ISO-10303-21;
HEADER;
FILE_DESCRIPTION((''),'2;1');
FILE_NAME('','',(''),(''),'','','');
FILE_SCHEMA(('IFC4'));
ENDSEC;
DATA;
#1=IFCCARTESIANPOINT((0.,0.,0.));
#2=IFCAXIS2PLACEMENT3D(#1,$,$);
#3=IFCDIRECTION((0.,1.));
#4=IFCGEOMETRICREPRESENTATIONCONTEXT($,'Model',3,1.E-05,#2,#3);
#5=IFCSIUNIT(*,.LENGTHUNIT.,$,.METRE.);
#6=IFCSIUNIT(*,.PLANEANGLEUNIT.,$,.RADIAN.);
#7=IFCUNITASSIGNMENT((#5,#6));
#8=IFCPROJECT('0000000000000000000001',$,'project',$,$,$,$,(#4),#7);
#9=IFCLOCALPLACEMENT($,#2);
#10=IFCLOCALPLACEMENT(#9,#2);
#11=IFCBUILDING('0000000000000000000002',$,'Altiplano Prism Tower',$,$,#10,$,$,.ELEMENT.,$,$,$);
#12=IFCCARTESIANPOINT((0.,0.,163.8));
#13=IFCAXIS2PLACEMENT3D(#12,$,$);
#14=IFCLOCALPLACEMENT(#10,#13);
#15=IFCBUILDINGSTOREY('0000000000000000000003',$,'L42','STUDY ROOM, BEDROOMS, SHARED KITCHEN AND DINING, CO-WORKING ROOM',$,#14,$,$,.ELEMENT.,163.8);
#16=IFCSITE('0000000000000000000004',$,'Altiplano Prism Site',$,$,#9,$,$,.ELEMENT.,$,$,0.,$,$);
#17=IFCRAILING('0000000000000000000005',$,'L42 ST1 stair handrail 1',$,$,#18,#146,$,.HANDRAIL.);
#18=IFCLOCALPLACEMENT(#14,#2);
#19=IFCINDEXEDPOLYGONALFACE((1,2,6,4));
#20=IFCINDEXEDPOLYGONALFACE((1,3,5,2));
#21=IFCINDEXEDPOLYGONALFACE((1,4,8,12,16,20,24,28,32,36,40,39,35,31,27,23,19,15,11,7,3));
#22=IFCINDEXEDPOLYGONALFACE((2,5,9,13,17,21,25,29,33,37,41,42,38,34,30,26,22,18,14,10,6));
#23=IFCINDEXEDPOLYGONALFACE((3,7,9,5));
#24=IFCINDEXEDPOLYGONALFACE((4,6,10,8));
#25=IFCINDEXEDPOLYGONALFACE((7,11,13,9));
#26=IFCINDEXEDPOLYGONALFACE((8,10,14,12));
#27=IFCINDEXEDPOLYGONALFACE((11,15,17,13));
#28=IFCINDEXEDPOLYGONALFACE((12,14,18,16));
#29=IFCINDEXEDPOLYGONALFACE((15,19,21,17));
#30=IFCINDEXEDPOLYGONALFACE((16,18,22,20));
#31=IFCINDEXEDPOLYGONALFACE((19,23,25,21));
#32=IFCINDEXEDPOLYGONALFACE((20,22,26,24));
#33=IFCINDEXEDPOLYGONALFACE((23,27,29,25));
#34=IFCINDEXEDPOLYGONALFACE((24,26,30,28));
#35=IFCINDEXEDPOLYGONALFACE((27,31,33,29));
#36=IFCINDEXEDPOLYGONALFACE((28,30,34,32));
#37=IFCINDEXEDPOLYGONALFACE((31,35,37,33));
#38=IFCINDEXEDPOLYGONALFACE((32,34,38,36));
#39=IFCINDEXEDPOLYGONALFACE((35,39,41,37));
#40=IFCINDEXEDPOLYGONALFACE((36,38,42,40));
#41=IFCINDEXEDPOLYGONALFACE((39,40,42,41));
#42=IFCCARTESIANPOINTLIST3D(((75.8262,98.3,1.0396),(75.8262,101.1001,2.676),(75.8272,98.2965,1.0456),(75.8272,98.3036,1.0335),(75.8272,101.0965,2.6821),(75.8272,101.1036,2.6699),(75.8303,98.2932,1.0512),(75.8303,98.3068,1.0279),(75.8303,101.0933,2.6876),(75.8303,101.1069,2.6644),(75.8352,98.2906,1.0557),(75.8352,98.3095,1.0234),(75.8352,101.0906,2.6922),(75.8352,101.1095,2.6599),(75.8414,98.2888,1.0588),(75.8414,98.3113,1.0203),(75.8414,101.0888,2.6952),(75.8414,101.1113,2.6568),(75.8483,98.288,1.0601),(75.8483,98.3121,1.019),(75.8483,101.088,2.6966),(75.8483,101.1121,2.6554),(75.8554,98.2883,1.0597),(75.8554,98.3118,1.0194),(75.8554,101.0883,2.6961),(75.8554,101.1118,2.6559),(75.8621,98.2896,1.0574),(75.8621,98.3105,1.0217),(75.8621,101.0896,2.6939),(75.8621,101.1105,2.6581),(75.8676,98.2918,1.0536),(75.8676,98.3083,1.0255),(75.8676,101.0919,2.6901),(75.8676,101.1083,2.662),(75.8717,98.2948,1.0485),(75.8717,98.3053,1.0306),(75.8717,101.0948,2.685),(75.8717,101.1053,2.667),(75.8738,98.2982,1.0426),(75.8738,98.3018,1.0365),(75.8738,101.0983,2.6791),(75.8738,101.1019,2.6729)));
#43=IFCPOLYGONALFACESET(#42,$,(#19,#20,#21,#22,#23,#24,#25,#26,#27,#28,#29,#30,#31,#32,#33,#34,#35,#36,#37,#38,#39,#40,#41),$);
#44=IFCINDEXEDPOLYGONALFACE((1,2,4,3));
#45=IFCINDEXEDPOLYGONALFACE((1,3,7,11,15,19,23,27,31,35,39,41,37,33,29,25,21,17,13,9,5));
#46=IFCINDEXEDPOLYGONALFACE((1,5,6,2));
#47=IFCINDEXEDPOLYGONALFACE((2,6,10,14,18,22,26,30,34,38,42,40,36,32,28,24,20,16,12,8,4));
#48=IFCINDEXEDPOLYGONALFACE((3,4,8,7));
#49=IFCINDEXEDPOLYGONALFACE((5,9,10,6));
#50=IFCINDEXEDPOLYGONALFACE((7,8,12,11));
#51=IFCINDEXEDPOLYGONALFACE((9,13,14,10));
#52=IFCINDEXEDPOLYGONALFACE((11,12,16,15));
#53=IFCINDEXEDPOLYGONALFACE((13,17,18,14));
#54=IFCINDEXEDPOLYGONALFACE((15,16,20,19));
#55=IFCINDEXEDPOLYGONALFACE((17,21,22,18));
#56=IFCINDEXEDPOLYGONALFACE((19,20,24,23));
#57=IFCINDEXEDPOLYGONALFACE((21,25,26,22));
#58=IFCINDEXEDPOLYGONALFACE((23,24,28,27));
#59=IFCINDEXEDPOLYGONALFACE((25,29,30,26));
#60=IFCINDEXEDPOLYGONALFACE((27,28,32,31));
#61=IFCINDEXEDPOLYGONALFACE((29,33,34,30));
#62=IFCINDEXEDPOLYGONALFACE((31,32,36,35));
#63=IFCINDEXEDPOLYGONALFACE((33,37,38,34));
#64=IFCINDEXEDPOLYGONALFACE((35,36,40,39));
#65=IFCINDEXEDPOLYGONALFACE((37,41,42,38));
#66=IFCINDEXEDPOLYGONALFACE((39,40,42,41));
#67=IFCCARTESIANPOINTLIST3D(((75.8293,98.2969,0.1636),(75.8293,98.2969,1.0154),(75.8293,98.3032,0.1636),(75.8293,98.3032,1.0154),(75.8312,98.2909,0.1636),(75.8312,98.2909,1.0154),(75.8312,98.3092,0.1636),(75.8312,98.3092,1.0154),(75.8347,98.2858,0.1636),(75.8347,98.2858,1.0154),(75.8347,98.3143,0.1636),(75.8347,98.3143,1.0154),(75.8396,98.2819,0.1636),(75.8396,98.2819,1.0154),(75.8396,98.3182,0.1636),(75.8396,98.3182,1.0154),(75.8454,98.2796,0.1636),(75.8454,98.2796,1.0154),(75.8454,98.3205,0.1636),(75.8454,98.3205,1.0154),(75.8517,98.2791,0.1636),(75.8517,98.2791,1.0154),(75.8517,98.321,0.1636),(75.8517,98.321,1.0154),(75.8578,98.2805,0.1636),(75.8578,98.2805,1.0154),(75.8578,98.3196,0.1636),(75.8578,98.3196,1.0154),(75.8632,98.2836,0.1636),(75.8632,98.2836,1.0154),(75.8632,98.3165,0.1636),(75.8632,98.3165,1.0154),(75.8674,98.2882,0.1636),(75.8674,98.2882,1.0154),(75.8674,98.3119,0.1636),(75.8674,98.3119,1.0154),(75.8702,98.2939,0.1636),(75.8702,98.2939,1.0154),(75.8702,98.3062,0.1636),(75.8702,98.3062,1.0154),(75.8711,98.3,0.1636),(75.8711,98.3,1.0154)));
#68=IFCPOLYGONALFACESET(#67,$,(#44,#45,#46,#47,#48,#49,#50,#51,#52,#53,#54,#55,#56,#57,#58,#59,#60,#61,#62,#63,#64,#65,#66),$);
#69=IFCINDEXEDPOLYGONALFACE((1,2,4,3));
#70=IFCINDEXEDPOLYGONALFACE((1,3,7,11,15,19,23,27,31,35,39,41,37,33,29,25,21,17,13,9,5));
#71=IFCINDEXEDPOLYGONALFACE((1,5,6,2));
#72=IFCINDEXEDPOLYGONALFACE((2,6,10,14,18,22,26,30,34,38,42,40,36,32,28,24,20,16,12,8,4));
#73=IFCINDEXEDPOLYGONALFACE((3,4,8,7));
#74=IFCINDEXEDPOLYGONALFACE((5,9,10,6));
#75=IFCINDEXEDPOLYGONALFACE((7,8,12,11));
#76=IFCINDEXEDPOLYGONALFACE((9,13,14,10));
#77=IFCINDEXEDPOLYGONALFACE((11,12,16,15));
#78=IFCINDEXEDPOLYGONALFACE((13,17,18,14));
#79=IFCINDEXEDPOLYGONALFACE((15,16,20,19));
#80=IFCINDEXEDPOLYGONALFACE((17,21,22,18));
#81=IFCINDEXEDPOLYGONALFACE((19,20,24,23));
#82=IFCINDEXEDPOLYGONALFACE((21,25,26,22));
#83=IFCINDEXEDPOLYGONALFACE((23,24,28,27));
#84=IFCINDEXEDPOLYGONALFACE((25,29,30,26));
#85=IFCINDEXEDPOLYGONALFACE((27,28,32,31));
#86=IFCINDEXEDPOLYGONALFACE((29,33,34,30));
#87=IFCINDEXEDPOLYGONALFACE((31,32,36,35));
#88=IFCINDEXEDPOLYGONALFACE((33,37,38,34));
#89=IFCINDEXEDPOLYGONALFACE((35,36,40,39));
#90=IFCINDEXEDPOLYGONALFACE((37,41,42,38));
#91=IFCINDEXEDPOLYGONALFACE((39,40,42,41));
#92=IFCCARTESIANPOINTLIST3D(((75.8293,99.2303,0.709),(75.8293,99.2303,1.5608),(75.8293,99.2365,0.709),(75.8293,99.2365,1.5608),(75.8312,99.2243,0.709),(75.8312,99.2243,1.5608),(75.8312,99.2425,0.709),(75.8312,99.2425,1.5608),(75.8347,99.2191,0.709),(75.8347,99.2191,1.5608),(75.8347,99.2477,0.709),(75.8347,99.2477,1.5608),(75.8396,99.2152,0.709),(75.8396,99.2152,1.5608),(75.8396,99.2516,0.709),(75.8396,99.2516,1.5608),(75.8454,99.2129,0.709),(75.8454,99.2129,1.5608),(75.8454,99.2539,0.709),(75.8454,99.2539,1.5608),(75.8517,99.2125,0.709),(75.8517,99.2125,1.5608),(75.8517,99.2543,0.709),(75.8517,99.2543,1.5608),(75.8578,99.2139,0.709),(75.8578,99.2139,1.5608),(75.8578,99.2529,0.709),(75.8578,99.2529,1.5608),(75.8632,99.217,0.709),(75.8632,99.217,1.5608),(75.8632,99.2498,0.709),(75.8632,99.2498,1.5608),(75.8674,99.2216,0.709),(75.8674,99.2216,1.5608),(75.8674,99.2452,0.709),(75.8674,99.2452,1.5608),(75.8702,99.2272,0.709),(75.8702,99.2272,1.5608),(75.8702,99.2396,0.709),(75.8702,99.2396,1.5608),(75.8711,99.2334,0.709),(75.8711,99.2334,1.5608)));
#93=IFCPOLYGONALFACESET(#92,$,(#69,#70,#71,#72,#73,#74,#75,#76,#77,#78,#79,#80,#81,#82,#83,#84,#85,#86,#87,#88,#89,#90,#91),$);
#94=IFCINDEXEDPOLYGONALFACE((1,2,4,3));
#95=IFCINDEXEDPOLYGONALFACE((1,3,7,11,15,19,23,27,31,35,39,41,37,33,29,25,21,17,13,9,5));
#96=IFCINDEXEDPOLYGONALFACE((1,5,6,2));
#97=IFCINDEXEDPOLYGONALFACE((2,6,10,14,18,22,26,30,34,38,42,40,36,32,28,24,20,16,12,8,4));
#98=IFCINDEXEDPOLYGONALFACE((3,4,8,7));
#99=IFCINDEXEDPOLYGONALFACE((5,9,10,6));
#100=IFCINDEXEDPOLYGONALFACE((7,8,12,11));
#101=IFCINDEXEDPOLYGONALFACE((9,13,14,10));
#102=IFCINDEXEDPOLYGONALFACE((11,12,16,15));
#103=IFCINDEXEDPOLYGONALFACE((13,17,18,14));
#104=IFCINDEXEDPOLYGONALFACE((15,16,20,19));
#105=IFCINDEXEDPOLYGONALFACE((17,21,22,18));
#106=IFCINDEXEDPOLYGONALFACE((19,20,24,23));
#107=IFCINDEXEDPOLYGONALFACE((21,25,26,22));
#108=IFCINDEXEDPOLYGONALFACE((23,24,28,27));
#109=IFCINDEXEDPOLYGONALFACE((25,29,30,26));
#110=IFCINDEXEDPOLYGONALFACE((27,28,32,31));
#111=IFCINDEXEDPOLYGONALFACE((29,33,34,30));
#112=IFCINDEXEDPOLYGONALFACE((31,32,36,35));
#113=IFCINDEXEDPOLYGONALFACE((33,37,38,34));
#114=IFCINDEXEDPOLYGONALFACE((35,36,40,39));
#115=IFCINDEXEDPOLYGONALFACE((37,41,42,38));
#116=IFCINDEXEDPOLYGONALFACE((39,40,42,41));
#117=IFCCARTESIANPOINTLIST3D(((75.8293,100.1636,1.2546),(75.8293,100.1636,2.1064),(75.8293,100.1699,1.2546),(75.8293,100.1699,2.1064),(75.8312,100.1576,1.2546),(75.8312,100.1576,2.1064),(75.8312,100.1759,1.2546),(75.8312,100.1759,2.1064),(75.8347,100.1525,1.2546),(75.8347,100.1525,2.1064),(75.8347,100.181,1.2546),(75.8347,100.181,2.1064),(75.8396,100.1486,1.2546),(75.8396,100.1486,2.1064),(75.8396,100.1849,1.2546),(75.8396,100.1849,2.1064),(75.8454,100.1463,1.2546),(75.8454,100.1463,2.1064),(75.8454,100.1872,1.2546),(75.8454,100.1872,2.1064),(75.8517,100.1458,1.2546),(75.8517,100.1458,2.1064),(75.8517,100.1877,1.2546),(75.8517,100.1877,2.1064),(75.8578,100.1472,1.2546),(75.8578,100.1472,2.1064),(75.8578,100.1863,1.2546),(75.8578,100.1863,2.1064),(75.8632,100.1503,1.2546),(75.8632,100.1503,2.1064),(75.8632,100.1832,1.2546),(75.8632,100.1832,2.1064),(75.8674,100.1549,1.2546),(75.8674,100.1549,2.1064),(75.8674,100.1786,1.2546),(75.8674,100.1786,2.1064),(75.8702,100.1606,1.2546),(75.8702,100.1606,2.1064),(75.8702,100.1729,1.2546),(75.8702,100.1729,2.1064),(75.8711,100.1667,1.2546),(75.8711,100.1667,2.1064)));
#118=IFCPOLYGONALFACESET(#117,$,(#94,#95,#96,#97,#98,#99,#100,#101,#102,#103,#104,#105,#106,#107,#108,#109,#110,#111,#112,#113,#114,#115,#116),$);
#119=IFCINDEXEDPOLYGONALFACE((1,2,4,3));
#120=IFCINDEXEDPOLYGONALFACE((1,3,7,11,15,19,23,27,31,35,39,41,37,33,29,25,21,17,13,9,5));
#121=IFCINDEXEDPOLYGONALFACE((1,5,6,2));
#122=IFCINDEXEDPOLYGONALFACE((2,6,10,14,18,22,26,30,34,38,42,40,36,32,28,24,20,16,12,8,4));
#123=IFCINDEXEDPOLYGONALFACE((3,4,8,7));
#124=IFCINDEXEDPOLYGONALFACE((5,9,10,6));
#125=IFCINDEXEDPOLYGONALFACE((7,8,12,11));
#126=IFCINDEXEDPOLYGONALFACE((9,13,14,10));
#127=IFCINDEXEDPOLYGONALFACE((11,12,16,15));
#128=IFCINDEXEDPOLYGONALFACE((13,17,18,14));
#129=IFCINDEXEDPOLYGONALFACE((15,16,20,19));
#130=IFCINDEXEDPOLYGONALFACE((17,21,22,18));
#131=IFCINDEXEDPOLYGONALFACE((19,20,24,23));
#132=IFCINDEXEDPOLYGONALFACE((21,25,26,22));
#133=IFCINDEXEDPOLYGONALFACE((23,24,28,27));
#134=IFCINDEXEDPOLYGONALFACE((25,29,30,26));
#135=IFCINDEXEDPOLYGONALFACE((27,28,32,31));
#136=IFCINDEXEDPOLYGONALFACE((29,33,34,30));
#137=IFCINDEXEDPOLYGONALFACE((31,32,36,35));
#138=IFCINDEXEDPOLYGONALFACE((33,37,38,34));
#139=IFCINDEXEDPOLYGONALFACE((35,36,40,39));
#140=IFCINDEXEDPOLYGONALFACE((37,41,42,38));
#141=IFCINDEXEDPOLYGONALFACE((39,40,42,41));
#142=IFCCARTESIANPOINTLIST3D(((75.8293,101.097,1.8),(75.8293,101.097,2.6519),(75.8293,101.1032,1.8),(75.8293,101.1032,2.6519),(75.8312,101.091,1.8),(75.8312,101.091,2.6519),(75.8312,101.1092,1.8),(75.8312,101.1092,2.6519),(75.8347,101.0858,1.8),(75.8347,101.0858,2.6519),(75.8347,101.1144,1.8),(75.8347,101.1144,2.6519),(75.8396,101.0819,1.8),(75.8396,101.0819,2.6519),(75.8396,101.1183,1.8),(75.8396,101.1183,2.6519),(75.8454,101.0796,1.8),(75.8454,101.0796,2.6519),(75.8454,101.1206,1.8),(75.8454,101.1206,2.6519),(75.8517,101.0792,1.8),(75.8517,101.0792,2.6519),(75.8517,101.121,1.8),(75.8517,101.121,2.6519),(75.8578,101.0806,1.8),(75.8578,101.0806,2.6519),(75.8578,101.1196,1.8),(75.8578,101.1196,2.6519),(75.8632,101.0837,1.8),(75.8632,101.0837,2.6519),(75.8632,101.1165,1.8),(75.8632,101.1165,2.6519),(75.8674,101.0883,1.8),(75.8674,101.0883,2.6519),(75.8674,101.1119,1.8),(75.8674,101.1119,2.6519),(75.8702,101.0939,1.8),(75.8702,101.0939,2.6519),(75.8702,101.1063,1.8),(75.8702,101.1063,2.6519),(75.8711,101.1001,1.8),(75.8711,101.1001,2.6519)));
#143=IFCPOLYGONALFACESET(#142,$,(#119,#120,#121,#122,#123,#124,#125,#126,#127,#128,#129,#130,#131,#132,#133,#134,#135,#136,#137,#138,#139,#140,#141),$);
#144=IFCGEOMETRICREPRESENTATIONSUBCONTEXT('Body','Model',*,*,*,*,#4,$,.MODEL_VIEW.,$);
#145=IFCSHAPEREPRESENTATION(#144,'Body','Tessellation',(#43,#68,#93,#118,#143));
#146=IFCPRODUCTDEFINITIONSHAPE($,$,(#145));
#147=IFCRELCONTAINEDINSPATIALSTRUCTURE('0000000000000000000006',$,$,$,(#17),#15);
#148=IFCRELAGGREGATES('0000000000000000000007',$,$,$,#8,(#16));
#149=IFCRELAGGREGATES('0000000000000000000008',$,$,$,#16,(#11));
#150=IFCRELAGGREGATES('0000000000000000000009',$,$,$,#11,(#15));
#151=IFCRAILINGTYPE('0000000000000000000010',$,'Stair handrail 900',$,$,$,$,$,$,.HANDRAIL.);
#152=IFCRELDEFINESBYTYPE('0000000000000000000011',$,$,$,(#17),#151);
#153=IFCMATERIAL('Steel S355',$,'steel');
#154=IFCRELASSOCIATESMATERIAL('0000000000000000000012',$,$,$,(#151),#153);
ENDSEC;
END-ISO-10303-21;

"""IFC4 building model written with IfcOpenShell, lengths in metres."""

from ifc_helpers import new_model, si_unit, direction, frame, origin, origin_2d, place, context, subcontext, project, spatial, circle, extrude, material, type_object, element, save


model = new_model("IFC4")

# Units and contexts
model_context = context("Model", 3, precision=1e-05, world=origin(), true_north=direction((0.0, 1.0)))
body_context = subcontext(model_context, "Body", "Model", "MODEL_VIEW")
ifc_project = project(units=[si_unit("LENGTHUNIT", "METRE"), si_unit("PLANEANGLEUNIT", "RADIAN")], contexts=[model_context])

# Site, building, storey
site_placement = place(None, origin())
site = spatial("IfcSite", under=ifc_project, at=site_placement, Name="Altiplano Prism Site", CompositionType="ELEMENT", RefElevation=0.0)
building_placement = place(site_placement, origin())
building = spatial("IfcBuilding", under=site, at=building_placement, Name="Altiplano Prism Tower", CompositionType="ELEMENT")
storey_placement = place(building_placement, frame((0.0, 0.0, 163.8)))
storey = spatial("IfcBuildingStorey", under=building, at=storey_placement, Name="L42", Description="STUDY ROOM, BEDROOMS, SHARED KITCHEN AND DINING, CO-WORKING ROOM", CompositionType="ELEMENT", Elevation=163.8)

# Railing
ifc_material_1 = material(Name="Steel S355", Category="steel")
railing_type = type_object("IfcRailingType", Name="Stair handrail 900", PredefinedType="HANDRAIL", material=ifc_material_1)
railing_1_placement = place(storey_placement, frame((75.8501, 98.3, 0.1636)))
element("IfcRailing", 1, at=railing_1_placement, inside=storey, type_object=railing_type, Name="L42 ST1 stair handrail 1", PredefinedType="HANDRAIL", context=body_context, shape_type="SweptSolid", body=[
    extrude(circle(Radius=0.0239, at=origin_2d()), frame((0.0, 0.0, 0.876), z_axis=(0.0, 0.863361, 0.504587), x_axis=(-1.0, 0.0, 0.0)), (0.0, 0.0, 1.0), 3.2432),
    extrude(circle(Radius=0.021, at=origin_2d()), origin(), (0.0, 0.0, 1.0), 0.8518),
    extrude(circle(Radius=0.021, at=origin_2d()), frame((0.0, 0.9333, 0.5454)), (0.0, 0.0, 1.0), 0.8518),
    extrude(circle(Radius=0.021, at=origin_2d()), frame((0.0, 1.8667, 1.0911)), (0.0, 0.0, 1.0), 0.8518),
    extrude(circle(Radius=0.021, at=origin_2d()), frame((0.0, 2.8, 1.6365)), (0.0, 0.0, 1.0), 0.8518),
])

save(model, "model.ifc")
